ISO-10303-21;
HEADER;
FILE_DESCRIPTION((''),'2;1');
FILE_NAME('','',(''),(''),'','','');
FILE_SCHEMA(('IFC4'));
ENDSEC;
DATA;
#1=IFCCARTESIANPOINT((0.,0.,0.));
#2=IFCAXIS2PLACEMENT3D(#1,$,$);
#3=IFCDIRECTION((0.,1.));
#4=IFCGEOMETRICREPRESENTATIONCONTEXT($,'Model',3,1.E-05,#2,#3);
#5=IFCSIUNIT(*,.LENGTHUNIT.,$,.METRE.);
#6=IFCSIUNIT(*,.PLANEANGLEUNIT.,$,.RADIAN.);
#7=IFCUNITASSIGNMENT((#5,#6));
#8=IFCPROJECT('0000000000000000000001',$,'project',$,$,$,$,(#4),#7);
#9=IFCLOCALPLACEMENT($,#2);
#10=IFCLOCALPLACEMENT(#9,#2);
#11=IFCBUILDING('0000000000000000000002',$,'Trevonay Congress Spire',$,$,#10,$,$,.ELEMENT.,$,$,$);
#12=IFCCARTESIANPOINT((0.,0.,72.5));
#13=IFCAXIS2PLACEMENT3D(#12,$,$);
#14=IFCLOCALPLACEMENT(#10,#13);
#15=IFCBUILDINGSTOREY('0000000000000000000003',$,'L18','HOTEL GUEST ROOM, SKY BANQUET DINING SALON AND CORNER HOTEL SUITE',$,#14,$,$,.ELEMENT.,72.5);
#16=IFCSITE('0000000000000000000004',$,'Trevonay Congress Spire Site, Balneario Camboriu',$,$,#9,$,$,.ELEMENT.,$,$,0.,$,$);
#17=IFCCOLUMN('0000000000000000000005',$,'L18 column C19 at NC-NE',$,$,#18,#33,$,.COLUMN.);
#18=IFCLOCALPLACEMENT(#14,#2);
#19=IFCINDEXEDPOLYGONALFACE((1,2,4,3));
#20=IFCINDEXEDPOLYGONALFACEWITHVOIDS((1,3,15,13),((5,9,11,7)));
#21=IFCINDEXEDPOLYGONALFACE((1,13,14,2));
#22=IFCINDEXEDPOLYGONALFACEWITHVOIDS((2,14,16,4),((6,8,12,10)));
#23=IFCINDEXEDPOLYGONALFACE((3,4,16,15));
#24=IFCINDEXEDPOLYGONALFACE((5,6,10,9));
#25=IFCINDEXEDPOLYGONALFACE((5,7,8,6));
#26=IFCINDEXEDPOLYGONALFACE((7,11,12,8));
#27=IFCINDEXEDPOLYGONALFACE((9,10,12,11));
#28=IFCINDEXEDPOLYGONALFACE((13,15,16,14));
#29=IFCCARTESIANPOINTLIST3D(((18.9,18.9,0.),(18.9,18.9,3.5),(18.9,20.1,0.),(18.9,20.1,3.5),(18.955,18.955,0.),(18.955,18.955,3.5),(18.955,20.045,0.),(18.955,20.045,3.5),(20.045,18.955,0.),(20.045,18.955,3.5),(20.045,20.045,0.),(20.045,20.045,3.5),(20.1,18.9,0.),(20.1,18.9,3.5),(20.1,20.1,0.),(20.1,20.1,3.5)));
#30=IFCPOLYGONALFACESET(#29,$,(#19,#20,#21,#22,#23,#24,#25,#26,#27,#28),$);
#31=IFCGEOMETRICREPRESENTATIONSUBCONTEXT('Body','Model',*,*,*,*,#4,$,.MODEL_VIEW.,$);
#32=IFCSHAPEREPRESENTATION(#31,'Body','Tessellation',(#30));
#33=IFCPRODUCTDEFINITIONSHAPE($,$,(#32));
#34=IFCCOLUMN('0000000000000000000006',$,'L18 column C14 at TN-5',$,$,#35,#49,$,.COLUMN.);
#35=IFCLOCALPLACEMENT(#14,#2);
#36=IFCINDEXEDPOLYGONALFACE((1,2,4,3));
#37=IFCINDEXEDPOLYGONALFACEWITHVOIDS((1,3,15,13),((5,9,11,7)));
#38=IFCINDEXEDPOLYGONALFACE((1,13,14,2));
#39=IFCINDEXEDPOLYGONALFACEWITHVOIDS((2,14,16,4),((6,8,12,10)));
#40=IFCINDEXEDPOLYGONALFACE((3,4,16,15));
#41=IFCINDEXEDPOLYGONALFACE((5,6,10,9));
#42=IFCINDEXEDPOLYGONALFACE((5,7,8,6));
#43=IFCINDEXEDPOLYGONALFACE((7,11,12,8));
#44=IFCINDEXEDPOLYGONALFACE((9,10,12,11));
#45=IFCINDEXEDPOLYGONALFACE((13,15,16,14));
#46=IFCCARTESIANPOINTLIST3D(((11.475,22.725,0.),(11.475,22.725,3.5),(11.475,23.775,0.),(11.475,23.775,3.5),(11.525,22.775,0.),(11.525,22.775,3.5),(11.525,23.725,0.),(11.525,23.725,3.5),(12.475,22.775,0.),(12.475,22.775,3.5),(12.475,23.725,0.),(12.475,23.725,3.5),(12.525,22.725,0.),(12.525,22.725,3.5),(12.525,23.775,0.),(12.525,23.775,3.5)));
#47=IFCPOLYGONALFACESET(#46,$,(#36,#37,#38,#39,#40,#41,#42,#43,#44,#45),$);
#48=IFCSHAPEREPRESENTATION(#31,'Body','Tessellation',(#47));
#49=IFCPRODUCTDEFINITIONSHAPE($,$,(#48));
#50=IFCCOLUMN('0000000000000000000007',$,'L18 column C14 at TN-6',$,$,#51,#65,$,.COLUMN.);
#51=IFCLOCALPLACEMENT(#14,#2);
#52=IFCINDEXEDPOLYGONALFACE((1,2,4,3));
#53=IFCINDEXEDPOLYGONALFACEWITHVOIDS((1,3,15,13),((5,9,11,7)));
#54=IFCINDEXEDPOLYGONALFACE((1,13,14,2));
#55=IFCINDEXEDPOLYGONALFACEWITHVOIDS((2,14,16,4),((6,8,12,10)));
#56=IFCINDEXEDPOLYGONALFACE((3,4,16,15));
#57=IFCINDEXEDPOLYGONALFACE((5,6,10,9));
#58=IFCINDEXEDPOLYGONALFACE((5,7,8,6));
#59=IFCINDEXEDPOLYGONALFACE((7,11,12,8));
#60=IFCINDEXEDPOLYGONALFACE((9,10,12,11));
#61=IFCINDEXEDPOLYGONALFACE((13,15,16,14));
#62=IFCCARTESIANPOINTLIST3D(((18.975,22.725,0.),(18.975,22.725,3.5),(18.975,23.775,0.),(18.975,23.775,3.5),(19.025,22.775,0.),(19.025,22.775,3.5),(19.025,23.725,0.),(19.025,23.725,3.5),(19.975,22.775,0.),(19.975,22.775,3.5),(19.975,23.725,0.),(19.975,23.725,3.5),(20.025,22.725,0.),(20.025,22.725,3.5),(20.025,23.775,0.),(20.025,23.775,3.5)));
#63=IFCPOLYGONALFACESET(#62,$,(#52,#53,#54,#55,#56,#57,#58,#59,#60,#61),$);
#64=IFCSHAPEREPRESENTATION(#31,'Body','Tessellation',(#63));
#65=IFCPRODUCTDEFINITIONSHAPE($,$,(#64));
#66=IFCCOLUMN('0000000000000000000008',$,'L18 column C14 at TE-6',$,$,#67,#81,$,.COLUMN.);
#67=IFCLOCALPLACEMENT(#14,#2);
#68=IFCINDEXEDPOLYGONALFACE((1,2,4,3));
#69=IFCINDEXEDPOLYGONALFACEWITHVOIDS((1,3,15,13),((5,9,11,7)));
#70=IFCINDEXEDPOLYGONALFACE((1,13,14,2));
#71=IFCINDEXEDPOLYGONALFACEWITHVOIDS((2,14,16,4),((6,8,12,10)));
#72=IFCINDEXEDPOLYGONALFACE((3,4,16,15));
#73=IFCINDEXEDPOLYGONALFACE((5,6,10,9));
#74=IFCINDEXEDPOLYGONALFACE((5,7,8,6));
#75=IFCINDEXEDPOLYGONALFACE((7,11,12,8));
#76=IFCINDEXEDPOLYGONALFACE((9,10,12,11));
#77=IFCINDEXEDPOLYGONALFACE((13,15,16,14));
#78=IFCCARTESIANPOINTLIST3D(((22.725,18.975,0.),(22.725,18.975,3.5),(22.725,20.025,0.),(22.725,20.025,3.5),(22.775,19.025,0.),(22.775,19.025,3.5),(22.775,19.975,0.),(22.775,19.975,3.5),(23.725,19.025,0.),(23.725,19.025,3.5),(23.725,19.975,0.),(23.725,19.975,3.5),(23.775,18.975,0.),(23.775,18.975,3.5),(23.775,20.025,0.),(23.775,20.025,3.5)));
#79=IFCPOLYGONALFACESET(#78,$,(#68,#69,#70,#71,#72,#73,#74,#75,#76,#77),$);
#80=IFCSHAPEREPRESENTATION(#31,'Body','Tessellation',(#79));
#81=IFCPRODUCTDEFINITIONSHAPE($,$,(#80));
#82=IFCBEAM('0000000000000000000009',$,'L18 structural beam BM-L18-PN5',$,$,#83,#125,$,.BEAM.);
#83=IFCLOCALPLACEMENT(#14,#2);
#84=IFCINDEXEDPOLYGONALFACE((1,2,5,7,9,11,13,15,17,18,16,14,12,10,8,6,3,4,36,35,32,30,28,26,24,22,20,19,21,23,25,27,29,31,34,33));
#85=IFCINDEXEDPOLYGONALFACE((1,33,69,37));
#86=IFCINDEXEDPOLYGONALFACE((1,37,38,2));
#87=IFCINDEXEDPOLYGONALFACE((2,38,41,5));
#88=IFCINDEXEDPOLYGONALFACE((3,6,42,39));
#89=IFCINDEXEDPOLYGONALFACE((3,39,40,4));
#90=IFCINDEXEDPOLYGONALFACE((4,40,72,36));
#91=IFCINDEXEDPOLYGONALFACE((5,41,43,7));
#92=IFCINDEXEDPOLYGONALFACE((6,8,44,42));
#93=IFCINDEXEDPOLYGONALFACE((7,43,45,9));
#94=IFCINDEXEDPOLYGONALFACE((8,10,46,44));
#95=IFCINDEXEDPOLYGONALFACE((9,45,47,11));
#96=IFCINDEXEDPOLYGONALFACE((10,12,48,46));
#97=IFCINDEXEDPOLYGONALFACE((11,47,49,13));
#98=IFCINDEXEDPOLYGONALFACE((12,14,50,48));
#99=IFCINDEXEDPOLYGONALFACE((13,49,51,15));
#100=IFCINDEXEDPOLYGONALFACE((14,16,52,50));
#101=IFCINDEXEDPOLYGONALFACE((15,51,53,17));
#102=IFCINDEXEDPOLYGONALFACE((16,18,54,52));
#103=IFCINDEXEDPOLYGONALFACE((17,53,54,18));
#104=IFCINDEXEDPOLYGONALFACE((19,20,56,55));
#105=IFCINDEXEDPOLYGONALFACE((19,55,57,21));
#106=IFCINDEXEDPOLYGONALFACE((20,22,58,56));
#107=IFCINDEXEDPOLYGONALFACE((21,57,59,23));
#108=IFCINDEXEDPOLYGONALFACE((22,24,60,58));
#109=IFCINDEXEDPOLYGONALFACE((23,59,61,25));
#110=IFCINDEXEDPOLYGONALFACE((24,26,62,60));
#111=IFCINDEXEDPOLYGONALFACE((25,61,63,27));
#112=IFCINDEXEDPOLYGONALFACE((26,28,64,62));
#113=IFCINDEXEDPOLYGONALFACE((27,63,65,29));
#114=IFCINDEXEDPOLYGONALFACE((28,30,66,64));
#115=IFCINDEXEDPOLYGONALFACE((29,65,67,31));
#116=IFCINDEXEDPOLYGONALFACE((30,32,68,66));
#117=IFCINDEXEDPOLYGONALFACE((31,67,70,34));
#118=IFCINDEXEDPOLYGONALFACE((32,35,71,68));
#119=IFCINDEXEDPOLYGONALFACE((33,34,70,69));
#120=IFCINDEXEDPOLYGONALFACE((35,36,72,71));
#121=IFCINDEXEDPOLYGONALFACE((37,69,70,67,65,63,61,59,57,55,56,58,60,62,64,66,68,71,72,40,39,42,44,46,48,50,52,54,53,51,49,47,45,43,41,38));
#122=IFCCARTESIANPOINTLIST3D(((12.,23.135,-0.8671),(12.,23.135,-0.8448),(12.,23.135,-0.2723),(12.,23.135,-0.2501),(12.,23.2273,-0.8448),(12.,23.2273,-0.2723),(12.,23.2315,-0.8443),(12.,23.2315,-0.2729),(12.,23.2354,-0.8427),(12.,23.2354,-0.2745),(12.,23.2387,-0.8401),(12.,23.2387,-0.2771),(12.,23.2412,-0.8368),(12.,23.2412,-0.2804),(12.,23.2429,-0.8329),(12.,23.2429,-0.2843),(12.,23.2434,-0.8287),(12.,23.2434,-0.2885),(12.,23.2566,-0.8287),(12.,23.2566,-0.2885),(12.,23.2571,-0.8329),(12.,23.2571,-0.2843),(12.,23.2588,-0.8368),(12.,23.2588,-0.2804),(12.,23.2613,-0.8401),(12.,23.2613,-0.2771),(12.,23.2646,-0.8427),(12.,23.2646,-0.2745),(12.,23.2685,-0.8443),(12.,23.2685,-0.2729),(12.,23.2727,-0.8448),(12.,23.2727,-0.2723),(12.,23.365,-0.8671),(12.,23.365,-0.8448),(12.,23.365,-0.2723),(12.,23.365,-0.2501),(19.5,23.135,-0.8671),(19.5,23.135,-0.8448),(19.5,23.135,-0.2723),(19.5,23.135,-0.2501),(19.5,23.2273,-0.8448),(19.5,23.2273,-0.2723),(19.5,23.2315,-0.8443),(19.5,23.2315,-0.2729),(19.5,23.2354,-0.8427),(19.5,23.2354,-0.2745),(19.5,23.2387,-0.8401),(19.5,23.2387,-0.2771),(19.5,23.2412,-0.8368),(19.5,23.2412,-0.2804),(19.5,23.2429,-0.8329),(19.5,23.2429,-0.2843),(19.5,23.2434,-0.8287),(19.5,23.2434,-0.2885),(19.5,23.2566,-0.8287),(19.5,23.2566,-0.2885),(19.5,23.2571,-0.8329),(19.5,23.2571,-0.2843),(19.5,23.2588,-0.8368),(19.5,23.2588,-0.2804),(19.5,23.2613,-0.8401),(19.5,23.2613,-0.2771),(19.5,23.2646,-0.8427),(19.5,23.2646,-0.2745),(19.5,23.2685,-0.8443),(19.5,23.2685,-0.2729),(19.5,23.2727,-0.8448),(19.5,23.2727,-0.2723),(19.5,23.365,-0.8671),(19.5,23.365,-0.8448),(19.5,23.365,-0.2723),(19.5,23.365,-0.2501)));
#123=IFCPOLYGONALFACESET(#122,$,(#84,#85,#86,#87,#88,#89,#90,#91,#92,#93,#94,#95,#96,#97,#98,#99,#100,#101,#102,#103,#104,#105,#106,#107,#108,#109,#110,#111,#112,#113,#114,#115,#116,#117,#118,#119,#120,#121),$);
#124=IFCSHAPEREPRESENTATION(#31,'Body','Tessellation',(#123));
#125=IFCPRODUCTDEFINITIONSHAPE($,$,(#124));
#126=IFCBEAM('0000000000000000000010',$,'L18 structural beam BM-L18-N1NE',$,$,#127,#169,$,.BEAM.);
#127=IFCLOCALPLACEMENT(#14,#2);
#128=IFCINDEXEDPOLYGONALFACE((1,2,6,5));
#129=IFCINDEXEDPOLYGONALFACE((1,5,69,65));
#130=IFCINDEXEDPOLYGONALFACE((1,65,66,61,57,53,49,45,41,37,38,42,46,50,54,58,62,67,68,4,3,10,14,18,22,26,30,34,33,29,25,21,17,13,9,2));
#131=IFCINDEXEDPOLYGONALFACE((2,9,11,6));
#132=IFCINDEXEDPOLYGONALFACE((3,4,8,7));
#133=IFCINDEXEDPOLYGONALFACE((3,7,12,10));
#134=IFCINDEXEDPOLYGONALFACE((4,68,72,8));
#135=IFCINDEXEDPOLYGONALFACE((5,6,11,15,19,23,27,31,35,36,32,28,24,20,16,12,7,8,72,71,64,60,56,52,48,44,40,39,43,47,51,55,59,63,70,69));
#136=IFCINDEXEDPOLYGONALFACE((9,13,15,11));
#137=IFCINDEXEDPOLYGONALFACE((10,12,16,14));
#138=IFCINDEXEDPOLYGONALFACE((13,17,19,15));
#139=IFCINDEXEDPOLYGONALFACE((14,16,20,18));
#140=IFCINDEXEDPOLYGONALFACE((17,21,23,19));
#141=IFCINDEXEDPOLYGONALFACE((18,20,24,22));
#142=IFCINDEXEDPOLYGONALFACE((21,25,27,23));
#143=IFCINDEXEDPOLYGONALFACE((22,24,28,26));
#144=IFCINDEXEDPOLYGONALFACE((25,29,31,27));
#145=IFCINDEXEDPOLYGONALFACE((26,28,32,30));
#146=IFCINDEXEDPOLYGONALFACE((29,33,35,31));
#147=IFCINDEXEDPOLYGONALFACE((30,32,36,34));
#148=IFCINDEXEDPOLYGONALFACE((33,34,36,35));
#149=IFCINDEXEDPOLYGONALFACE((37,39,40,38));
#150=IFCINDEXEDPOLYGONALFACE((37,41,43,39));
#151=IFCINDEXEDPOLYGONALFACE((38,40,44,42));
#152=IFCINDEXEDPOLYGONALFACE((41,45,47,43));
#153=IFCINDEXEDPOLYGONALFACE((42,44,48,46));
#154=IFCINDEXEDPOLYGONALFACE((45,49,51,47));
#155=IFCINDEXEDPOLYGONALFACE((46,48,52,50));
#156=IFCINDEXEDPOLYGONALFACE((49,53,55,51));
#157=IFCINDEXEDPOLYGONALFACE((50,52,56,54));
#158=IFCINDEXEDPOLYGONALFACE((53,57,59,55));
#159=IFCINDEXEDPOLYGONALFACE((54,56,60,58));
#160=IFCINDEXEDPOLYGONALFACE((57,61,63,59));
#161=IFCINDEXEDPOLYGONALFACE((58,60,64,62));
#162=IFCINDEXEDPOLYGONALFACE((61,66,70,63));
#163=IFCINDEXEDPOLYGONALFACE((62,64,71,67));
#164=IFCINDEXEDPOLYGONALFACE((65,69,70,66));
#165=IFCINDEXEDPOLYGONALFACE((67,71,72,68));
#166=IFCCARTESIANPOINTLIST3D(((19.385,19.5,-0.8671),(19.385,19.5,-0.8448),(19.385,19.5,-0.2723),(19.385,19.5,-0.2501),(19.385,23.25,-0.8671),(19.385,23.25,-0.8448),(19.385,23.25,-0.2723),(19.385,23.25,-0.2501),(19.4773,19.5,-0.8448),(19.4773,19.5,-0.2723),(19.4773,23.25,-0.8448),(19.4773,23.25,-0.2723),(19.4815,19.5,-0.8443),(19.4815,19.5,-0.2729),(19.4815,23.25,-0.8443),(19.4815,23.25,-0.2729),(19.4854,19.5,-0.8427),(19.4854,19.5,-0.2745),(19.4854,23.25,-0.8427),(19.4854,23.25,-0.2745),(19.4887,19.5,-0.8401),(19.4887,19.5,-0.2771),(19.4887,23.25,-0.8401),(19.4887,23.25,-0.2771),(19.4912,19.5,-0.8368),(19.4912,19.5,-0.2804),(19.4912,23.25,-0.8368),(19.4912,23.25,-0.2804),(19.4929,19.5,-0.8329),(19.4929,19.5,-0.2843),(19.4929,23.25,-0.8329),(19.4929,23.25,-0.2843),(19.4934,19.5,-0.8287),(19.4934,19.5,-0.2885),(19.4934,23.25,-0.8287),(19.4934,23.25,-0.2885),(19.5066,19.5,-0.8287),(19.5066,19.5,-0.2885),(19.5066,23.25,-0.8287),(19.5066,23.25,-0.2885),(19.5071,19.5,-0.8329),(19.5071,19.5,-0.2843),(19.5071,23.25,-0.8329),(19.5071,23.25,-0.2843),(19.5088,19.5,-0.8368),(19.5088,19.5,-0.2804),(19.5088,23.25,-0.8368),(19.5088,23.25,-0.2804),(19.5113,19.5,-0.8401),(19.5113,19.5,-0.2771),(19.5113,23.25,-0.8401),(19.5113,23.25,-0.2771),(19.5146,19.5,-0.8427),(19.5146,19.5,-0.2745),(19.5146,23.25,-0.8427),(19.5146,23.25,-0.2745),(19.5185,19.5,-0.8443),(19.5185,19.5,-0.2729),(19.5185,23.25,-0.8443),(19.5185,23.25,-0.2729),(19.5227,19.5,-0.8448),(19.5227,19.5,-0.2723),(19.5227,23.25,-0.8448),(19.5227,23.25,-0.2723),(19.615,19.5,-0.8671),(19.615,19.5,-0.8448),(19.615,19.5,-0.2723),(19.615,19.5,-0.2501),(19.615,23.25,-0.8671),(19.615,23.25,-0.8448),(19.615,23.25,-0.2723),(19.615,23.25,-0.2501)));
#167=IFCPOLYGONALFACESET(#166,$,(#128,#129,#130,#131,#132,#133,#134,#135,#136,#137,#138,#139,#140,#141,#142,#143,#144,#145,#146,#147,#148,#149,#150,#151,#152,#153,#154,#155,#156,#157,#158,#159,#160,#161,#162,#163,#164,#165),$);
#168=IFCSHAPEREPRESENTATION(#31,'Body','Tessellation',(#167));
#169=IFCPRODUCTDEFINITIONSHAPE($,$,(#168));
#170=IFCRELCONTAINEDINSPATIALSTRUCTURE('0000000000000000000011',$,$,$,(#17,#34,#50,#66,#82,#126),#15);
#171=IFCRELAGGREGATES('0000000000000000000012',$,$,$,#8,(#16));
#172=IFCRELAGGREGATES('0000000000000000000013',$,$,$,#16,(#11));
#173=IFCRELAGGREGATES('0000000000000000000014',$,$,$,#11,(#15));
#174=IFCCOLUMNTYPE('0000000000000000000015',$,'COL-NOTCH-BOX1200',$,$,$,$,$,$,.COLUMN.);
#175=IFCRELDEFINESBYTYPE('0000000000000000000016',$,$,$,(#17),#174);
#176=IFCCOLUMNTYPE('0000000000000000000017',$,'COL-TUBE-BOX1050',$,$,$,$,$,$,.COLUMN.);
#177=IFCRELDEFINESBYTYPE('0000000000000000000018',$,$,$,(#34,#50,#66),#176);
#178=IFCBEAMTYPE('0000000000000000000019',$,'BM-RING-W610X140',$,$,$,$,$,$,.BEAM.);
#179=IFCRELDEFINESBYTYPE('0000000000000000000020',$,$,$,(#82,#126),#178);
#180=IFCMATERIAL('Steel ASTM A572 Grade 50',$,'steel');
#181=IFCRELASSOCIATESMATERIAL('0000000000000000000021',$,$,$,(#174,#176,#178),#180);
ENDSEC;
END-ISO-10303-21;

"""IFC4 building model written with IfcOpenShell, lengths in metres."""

from ifc_helpers import new_model, si_unit, direction, frame, origin, origin_2d, place, context, subcontext, project, spatial, hollow_rectangle, i_section, extrude, material, material_profile, profile_set, type_object, element, save


model = new_model("IFC4")

# Units and contexts
model_context = context("Model", 3, precision=1e-05, world=origin(), true_north=direction((0.0, 1.0)))
body_context = subcontext(model_context, "Body", "Model", "MODEL_VIEW")
ifc_project = project(units=[si_unit("LENGTHUNIT", "METRE"), si_unit("PLANEANGLEUNIT", "RADIAN")], contexts=[model_context])

# Site, building, storey
site_placement = place(None, origin())
site = spatial("IfcSite", under=ifc_project, at=site_placement, Name="Trevonay Congress Spire Site, Balneario Camboriu", CompositionType="ELEMENT", RefElevation=0.0)
building_placement = place(site_placement, origin())
building = spatial("IfcBuilding", under=site, at=building_placement, Name="Trevonay Congress Spire", CompositionType="ELEMENT")
storey_placement = place(building_placement, frame((0.0, 0.0, 72.5)))
storey = spatial("IfcBuildingStorey", under=building, at=storey_placement, Name="L18", Description="HOTEL GUEST ROOM, SKY BANQUET DINING SALON AND CORNER HOTEL SUITE", CompositionType="ELEMENT", Elevation=72.5)

# Columns
ifc_material_1 = material(Name="Steel ASTM A572 Grade 50", Category="steel")
ifc_material_profile_1 = material_profile(ifc_material_1, hollow_rectangle(XDim=1.2, YDim=1.2, WallThickness=0.0549, at=origin_2d()), Name="BOX 1200x1200x55")
ifc_profile_set_1 = profile_set([ifc_material_profile_1], Name="Steel ASTM A572 Grade 50")
column_type_1 = type_object("IfcColumnType", Name="COL-NOTCH-BOX1200", PredefinedType="COLUMN", material=ifc_profile_set_1)
column_placement = place(storey_placement, frame((19.5, 19.5, 0.0), z_axis=(0.0, 0.0, 1.0), x_axis=(1.0, 0.0, 0.0)))
element("IfcColumn", 1, at=column_placement, inside=storey, type_object=column_type_1, Name="L18 column C19 at NC-NE", PredefinedType="COLUMN", context=body_context, shape_type="SweptSolid", body=[
    extrude(hollow_rectangle(XDim=1.2, YDim=1.2, WallThickness=0.0549, at=origin_2d()), origin(), (0.0, 0.0, 1.0), 3.5),
])
ifc_material_profile_2 = material_profile(ifc_material_1, hollow_rectangle(XDim=1.05, YDim=1.05, WallThickness=0.05, at=origin_2d()), Name="BOX 1050x1050x50")
ifc_profile_set_2 = profile_set([ifc_material_profile_2], Name="Steel ASTM A572 Grade 50")
column_type_2 = type_object("IfcColumnType", Name="COL-TUBE-BOX1050", PredefinedType="COLUMN", material=ifc_profile_set_2)
for number, where, z_axis, x_axis, name in (
    (2, (12.0, 23.25, 0.0), (0.0, 0.0, 1.0), (1.0, 0.0, 0.0), "L18 column C14 at TN-5"),
    (3, (19.5, 23.25, 0.0), (0.0, 0.0, 1.0), (1.0, 0.0, 0.0), "L18 column C14 at TN-6"),
    (4, (23.25, 19.5, 0.0), (0.0, 0.0, 1.0), (1.0, 0.0, 0.0), "L18 column C14 at TE-6"),
):
    element("IfcColumn", number, at=place(storey_placement, frame(where, z_axis=z_axis, x_axis=x_axis)), inside=storey, type_object=column_type_2, Name=name, PredefinedType="COLUMN", context=body_context, shape_type="SweptSolid", body=[
        extrude(hollow_rectangle(XDim=1.05, YDim=1.05, WallThickness=0.05, at=origin_2d()), origin(), (0.0, 0.0, 1.0), 3.5),
    ])

# Beams
ifc_material_profile_3 = material_profile(ifc_material_1, i_section(OverallWidth=0.23, OverallDepth=0.6169, WebThickness=0.0132, FlangeThickness=0.0222, FilletRadius=0.0161, at=origin_2d()), Name="W610x140")
ifc_profile_set_3 = profile_set([ifc_material_profile_3], Name="Steel ASTM A572 Grade 50")
beam_type = type_object("IfcBeamType", Name="BM-RING-W610X140", PredefinedType="BEAM", material=ifc_profile_set_3)
beam_placement = place(storey_placement, frame((12.0, 23.25, -0.5586), z_axis=(1.0, 0.0, 0.0), x_axis=(0.0, 1.0, 0.0)))
element("IfcBeam", 5, at=beam_placement, inside=storey, type_object=beam_type, Name="L18 structural beam BM-L18-PN5", PredefinedType="BEAM", context=body_context, shape_type="SweptSolid", body=[
    extrude(i_section(OverallWidth=0.23, OverallDepth=0.6169, WebThickness=0.0132, FlangeThickness=0.0222, FilletRadius=0.0161, at=origin_2d()), origin(), (0.0, 0.0, 1.0), 7.5),
])
for number, where, z_axis, x_axis, name in (
    (6, (19.5, 23.25, -0.5586), (0.0, -1.0, 0.0), (1.0, 0.0, 0.0), "L18 structural beam BM-L18-N1NE"),
):
    element("IfcBeam", number, at=place(storey_placement, frame(where, z_axis=z_axis, x_axis=x_axis)), inside=storey, type_object=beam_type, Name=name, PredefinedType="BEAM", context=body_context, shape_type="SweptSolid", body=[
        extrude(i_section(OverallWidth=0.23, OverallDepth=0.6169, WebThickness=0.0132, FlangeThickness=0.0222, FilletRadius=0.0161, at=origin_2d()), origin(), (0.0, 0.0, 1.0), 3.75),
    ])

save(model, "model.ifc")
